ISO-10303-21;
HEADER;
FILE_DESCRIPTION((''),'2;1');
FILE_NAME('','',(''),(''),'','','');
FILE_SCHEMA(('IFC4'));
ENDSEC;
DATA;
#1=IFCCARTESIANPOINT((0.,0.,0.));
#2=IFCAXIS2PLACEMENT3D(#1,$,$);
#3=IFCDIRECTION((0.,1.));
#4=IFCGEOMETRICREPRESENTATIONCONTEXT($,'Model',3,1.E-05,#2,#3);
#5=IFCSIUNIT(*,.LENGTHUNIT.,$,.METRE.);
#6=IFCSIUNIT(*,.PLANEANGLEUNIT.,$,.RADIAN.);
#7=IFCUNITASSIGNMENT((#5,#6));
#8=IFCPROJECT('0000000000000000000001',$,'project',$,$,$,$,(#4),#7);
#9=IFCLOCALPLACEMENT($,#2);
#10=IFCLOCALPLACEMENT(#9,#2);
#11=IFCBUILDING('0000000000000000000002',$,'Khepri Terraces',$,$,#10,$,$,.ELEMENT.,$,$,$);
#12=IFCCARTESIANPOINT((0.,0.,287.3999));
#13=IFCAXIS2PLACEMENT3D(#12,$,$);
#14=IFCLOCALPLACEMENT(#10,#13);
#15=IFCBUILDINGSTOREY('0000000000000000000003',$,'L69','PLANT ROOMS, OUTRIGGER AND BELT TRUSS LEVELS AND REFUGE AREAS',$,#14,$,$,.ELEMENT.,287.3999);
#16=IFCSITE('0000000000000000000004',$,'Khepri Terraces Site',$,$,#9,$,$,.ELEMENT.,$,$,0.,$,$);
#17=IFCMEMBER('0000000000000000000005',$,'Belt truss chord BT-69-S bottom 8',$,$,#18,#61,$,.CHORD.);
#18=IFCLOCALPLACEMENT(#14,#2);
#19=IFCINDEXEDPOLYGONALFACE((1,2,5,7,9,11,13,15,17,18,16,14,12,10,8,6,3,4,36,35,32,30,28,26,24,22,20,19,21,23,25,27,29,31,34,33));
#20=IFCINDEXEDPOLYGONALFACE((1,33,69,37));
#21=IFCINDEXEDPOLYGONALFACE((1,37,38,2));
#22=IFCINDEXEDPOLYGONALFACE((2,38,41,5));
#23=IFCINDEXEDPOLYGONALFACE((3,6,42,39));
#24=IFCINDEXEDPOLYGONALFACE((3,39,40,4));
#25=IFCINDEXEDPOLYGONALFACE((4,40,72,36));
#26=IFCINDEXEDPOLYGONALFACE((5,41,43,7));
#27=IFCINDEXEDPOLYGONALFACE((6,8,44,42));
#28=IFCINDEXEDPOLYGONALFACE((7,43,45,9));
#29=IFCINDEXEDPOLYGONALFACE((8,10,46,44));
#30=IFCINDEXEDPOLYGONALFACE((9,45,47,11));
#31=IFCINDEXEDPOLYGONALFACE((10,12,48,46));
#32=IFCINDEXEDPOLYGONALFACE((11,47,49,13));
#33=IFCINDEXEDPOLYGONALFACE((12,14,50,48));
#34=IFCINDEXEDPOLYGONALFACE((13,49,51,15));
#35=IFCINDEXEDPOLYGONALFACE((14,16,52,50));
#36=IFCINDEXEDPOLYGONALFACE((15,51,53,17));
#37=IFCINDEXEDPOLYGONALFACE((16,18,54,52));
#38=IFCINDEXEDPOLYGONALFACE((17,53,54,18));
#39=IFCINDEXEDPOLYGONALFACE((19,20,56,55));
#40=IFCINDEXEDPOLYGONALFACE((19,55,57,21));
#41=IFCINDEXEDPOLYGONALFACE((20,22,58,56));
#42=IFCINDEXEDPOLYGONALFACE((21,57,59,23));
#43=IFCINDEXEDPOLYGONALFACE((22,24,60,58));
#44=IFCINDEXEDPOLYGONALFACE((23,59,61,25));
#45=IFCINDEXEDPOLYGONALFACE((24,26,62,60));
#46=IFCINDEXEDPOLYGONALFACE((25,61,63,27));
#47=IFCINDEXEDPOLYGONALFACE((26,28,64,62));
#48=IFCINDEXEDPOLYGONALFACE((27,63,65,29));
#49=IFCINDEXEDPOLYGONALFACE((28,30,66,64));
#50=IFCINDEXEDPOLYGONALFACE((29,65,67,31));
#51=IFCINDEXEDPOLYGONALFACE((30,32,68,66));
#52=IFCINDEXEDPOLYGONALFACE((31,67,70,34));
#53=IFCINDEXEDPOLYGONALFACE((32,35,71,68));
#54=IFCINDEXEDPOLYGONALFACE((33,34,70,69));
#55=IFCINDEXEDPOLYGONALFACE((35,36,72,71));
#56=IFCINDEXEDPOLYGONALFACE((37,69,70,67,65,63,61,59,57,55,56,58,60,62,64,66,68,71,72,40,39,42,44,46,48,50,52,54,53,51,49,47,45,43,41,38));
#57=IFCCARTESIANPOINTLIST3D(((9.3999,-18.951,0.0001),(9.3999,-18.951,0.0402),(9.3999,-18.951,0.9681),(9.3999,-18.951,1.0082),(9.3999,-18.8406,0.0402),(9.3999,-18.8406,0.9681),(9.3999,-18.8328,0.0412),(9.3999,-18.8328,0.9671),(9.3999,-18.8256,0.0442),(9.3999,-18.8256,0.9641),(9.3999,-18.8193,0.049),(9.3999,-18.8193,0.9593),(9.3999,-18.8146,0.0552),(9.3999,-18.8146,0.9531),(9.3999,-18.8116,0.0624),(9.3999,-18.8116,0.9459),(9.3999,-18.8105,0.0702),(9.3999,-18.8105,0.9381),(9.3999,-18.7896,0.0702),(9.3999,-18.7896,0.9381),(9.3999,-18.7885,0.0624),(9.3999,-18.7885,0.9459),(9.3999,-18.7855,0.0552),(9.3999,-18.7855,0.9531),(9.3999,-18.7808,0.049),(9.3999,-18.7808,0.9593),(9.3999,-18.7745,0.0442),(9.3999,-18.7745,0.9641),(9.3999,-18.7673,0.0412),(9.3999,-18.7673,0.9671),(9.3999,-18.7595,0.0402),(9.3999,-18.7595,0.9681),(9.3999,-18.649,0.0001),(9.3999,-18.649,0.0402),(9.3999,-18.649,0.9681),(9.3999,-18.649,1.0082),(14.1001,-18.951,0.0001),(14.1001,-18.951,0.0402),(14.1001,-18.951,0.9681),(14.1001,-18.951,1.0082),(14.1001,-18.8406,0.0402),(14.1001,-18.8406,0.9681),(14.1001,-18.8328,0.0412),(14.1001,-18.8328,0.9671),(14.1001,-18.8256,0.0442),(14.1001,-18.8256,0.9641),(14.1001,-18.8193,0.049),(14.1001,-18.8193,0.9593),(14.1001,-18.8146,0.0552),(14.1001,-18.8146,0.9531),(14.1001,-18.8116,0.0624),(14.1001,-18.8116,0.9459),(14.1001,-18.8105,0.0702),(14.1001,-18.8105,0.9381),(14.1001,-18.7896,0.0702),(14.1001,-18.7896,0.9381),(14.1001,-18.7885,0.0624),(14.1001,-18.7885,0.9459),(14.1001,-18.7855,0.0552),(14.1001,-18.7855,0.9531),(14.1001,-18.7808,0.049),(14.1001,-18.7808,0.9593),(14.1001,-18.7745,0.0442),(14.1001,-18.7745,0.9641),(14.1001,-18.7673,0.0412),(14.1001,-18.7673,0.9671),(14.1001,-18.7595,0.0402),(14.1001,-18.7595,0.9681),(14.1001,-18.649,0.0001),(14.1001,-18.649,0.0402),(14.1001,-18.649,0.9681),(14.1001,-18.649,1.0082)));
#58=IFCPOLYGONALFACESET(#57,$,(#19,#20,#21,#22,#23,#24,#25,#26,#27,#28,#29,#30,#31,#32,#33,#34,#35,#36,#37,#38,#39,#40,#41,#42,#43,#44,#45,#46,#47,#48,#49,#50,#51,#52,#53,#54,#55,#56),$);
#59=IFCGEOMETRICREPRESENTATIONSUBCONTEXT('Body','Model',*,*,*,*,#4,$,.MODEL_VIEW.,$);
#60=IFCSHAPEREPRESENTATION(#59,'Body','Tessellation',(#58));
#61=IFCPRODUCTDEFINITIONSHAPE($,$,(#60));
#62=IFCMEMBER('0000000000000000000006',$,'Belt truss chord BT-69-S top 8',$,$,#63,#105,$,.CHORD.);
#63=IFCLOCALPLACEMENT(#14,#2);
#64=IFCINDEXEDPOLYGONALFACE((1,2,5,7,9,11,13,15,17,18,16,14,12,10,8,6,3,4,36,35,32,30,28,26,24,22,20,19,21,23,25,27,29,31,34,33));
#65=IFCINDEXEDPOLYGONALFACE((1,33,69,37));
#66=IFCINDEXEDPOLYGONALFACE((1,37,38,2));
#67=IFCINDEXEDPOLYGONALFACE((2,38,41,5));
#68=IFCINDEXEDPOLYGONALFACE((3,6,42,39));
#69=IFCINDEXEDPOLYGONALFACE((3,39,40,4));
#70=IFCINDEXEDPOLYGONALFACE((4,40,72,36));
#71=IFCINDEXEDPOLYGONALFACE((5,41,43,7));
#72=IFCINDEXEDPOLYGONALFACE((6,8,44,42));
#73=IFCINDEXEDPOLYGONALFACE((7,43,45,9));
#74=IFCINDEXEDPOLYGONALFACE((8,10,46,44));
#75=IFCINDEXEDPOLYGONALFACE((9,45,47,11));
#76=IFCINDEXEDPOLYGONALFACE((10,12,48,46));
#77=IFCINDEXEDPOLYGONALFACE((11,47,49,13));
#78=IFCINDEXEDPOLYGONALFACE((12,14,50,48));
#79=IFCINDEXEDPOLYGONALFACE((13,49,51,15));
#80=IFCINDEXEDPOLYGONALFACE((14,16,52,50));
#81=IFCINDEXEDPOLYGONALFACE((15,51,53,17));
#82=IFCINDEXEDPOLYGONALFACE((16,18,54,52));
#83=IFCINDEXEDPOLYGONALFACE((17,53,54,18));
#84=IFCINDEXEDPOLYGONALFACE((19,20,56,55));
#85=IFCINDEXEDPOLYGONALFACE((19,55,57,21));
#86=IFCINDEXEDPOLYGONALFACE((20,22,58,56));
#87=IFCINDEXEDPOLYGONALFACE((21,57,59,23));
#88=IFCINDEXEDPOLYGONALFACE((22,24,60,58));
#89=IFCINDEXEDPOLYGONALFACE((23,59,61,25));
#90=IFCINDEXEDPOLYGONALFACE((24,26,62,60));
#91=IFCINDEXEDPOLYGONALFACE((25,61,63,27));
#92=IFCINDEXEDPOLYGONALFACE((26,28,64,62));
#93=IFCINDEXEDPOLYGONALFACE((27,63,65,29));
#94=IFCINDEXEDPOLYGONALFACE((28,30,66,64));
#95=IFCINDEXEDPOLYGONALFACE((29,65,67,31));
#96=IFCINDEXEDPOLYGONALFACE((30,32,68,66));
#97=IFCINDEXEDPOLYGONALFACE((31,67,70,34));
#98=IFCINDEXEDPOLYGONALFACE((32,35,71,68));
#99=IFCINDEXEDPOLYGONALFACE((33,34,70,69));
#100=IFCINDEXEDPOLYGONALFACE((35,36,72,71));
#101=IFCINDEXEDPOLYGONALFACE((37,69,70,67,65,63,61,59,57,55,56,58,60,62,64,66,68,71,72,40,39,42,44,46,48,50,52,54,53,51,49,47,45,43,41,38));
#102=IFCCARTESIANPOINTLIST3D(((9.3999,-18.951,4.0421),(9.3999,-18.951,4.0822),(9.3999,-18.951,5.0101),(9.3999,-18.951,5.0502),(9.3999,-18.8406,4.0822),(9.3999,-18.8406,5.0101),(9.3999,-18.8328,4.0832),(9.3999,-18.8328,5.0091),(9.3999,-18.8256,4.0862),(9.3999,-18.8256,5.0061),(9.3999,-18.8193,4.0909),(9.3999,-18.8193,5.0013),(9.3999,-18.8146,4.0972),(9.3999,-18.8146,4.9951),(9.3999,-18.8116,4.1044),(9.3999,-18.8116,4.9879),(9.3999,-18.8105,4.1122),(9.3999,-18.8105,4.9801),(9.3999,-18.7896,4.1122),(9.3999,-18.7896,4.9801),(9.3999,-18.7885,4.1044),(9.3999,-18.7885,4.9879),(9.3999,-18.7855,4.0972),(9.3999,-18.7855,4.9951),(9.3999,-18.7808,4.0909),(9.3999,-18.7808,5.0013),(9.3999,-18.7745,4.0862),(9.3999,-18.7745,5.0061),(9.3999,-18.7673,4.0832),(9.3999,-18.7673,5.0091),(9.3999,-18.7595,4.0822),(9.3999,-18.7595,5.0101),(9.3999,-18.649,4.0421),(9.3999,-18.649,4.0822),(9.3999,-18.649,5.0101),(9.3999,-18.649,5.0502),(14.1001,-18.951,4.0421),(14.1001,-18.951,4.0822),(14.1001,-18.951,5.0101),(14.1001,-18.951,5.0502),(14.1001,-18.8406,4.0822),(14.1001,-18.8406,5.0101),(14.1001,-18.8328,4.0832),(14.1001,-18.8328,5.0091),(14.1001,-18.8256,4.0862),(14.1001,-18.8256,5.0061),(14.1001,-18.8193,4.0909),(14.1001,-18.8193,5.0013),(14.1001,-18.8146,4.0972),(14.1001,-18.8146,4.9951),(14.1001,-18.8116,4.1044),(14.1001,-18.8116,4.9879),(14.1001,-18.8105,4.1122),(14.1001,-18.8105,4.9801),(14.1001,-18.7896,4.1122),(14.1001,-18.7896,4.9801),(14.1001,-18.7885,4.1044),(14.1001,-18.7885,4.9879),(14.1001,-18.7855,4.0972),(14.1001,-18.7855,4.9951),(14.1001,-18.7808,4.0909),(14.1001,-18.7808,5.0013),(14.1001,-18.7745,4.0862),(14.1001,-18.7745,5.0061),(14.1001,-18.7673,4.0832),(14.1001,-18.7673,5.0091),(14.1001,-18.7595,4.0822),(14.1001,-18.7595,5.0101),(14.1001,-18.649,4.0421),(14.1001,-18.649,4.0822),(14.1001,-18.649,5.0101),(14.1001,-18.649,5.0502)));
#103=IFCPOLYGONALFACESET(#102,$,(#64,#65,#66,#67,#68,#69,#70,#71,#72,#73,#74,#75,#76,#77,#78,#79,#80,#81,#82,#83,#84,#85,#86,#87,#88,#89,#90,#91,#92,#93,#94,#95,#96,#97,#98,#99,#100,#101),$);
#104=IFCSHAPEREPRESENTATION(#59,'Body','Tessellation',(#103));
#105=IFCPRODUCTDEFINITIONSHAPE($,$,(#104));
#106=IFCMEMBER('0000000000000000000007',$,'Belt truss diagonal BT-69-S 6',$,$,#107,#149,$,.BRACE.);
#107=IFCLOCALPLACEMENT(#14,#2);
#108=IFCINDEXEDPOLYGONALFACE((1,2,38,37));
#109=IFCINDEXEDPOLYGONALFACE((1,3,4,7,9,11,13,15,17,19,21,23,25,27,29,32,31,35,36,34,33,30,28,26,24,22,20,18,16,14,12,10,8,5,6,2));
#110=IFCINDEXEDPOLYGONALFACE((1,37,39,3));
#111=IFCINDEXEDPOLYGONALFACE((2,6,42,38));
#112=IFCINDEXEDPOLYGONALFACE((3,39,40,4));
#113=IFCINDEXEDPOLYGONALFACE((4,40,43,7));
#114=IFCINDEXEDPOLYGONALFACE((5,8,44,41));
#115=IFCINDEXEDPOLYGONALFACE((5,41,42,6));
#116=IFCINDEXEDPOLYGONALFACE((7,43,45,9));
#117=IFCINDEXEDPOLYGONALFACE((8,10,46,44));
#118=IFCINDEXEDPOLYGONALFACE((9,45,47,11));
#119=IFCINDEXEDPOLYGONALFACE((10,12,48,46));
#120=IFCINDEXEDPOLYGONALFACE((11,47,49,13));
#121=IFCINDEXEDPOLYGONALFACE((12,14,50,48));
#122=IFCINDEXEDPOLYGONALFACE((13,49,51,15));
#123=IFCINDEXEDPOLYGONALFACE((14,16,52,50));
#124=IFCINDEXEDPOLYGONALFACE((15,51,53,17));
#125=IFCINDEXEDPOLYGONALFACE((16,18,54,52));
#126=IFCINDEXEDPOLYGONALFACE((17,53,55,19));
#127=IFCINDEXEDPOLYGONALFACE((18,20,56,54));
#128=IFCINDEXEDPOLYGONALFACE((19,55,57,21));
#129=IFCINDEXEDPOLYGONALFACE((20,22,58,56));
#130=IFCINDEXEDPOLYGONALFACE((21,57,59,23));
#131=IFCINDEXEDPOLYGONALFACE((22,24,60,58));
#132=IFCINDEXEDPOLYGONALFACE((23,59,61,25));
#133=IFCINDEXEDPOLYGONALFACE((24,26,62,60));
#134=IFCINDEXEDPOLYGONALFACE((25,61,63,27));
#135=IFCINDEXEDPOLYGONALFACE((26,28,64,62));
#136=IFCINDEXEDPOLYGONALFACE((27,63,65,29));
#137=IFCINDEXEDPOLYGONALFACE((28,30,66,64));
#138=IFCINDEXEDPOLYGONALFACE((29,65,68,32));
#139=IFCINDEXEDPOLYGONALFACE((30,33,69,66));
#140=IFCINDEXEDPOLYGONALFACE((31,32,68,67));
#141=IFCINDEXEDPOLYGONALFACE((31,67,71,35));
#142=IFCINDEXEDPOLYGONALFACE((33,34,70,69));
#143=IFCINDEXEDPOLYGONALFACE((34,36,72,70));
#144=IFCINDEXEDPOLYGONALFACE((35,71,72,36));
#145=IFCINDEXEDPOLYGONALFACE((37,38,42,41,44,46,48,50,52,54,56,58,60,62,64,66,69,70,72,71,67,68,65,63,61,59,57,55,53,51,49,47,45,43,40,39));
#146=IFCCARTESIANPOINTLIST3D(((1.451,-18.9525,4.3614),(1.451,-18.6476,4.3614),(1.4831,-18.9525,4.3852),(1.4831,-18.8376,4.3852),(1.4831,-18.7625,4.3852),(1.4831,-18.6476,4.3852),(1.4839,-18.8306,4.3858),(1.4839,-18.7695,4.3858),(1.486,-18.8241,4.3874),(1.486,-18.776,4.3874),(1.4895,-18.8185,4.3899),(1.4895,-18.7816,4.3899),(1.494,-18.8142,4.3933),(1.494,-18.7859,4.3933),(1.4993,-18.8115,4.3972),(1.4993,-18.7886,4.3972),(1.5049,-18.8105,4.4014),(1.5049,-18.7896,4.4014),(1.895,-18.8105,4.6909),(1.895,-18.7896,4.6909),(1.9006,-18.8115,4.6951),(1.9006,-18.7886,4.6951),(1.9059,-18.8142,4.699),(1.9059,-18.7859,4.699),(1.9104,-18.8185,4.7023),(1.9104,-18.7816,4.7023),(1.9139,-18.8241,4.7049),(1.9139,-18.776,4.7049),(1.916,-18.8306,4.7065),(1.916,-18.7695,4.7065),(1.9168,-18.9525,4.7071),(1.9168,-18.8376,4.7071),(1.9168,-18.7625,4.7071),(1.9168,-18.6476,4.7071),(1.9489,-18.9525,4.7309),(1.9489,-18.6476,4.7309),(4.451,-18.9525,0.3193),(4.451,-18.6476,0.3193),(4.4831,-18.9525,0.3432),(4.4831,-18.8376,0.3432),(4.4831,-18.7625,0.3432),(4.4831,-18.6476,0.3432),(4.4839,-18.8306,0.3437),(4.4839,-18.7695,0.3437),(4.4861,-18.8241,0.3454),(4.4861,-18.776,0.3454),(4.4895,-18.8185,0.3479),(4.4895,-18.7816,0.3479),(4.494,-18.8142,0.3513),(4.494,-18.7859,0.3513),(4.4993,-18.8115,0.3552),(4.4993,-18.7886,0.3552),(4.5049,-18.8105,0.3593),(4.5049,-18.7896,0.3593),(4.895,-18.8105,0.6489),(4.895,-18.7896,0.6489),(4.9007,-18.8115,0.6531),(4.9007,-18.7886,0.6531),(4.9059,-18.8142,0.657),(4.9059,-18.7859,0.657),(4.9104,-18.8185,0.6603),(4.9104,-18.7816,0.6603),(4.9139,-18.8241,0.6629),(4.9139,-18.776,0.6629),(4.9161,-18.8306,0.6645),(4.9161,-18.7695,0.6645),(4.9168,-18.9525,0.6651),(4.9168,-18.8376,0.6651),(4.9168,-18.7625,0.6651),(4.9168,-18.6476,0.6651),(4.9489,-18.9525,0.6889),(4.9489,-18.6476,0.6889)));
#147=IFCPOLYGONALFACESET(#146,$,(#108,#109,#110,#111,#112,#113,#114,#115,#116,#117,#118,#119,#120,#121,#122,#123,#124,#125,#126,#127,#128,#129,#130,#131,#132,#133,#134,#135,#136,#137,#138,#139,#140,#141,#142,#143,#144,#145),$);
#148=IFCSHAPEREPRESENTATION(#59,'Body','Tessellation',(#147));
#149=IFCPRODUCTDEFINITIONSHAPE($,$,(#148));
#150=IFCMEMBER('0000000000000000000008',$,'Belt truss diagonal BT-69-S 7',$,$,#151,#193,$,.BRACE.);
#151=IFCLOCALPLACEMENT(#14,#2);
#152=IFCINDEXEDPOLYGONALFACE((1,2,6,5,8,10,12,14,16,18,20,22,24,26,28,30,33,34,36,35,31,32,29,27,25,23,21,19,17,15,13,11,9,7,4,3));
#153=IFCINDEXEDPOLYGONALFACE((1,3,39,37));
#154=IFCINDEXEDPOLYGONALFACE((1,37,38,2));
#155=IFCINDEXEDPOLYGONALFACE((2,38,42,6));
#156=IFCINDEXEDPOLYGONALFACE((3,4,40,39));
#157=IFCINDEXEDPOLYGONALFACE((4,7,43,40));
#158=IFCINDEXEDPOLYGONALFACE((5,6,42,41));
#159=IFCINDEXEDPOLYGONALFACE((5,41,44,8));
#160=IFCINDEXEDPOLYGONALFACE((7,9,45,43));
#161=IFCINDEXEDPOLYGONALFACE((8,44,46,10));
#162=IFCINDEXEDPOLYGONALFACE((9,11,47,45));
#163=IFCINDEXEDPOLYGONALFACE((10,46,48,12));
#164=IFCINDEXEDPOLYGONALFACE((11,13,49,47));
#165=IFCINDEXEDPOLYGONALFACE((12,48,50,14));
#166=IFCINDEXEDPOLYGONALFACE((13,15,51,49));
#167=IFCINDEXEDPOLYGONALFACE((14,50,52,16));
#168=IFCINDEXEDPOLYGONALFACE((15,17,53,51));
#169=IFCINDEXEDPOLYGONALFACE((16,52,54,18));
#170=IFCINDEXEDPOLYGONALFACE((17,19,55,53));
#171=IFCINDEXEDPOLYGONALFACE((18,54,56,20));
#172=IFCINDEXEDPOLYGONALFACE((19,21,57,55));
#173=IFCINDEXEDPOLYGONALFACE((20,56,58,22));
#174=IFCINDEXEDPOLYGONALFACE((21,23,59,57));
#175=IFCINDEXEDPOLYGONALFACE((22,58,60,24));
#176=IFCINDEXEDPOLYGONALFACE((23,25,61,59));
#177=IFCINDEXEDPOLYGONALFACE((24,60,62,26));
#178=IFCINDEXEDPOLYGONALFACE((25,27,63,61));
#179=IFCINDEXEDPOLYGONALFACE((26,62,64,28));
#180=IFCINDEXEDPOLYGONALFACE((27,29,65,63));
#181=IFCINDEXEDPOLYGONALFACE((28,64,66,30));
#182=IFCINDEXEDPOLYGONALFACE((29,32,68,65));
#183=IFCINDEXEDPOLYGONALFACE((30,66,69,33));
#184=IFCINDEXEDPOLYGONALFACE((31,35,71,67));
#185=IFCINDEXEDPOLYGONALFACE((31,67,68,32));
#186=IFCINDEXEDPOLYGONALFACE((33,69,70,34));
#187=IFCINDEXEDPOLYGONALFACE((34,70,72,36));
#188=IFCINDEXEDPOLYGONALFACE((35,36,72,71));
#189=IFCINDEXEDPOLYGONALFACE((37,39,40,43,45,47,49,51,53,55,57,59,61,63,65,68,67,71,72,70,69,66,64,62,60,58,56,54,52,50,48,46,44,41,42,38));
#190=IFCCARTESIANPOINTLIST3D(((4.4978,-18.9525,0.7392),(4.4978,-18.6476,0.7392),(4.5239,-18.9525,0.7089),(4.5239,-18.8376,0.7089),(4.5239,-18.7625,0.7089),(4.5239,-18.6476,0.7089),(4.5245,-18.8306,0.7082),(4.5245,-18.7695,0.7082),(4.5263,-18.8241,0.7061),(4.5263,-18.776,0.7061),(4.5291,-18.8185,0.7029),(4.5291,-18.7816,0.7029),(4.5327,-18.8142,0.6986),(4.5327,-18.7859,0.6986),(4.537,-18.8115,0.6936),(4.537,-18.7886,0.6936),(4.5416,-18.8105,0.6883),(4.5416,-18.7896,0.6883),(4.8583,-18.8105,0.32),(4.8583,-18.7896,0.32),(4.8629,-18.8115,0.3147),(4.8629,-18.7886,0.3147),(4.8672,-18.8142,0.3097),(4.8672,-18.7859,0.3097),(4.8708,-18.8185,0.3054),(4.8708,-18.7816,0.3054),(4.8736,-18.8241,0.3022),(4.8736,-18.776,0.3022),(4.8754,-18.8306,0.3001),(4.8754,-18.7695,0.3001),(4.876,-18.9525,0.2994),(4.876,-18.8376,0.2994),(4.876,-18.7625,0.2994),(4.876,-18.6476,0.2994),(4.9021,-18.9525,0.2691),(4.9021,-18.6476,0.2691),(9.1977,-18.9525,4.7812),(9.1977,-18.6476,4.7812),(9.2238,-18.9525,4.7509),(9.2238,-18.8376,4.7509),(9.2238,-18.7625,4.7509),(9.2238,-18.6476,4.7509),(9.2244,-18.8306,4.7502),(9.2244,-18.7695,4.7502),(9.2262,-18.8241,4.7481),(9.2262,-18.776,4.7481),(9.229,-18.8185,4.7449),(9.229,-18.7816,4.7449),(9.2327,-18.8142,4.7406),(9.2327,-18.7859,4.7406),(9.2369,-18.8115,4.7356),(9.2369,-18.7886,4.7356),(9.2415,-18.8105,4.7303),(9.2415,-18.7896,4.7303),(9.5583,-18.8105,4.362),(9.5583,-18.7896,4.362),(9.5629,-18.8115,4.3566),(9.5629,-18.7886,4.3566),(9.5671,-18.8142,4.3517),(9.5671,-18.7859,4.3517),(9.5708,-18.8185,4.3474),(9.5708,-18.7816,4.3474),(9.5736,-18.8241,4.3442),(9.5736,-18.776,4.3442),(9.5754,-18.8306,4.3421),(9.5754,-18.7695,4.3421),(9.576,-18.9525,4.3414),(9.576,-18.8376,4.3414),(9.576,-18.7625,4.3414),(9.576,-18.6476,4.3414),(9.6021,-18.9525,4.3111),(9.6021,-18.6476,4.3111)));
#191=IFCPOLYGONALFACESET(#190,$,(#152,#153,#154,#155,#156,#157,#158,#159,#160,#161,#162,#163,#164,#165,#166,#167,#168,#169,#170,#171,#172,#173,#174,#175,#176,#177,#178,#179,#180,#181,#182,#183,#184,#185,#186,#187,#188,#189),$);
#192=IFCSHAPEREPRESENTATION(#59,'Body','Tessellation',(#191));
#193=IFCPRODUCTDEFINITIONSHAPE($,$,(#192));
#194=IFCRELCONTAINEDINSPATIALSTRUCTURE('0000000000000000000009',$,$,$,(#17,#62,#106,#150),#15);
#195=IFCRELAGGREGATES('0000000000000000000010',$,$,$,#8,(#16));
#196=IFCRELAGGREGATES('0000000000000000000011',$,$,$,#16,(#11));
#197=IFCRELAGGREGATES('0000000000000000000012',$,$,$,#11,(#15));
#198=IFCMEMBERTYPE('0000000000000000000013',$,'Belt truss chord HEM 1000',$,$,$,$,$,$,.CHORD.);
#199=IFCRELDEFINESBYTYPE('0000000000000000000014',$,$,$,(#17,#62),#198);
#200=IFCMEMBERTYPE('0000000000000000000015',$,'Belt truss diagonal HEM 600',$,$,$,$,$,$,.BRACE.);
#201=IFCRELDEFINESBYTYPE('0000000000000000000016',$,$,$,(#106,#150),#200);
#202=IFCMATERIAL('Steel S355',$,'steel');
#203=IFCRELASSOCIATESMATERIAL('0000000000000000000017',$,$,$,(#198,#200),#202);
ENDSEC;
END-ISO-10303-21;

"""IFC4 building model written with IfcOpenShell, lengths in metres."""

from ifc_helpers import new_model, si_unit, direction, frame, origin, origin_2d, place, context, subcontext, project, spatial, i_section, extrude, material, material_profile, profile_set, type_object, element, save


model = new_model("IFC4")

# Units and contexts
model_context = context("Model", 3, precision=1e-05, world=origin(), true_north=direction((0.0, 1.0)))
body_context = subcontext(model_context, "Body", "Model", "MODEL_VIEW")
ifc_project = project(units=[si_unit("LENGTHUNIT", "METRE"), si_unit("PLANEANGLEUNIT", "RADIAN")], contexts=[model_context])

# Site, building, storey
site_placement = place(None, origin())
site = spatial("IfcSite", under=ifc_project, at=site_placement, Name="Khepri Terraces Site", CompositionType="ELEMENT", RefElevation=0.0)
building_placement = place(site_placement, origin())
building = spatial("IfcBuilding", under=site, at=building_placement, Name="Khepri Terraces", CompositionType="ELEMENT")
storey_placement = place(building_placement, frame((0.0, 0.0, 287.3999)))
storey = spatial("IfcBuildingStorey", under=building, at=storey_placement, Name="L69", Description="PLANT ROOMS, OUTRIGGER AND BELT TRUSS LEVELS AND REFUGE AREAS", CompositionType="ELEMENT", Elevation=287.3999)

# Members
ifc_material_1 = material(Name="Steel S355", Category="steel")
ifc_material_profile_1 = material_profile(ifc_material_1, i_section(OverallWidth=0.302, OverallDepth=1.0081, WebThickness=0.021, FlangeThickness=0.04, FilletRadius=0.03, at=origin_2d()), Name="Steel S355", Category="steel")
ifc_profile_set_1 = profile_set([ifc_material_profile_1], Name="Steel S355")
member_type_1 = type_object("IfcMemberType", Name="Belt truss chord HEM 1000", PredefinedType="CHORD", material=ifc_profile_set_1)
for number, where, z_axis, x_axis, name in (
    (1, (9.3999, -18.8, 0.5042), (1.0, 0.0, 0.0), (0.0, 1.0, 0.0), "Belt truss chord BT-69-S bottom 8"),
    (2, (9.3999, -18.8, 4.5461), (1.0, 0.0, 0.0), (0.0, 1.0, 0.0), "Belt truss chord BT-69-S top 8"),
):
    element("IfcMember", number, at=place(storey_placement, frame(where, z_axis=z_axis, x_axis=x_axis)), inside=storey, type_object=member_type_1, Name=name, PredefinedType="CHORD", context=body_context, shape_type="SweptSolid", body=[
        extrude(i_section(OverallWidth=0.302, OverallDepth=1.0081, WebThickness=0.021, FlangeThickness=0.04, FilletRadius=0.03, at=origin_2d()), origin(), (0.0, 0.0, 1.0), 4.7002),
    ])
ifc_material_profile_2 = material_profile(ifc_material_1, i_section(OverallWidth=0.3049, OverallDepth=0.6201, WebThickness=0.021, FlangeThickness=0.04, FilletRadius=0.0271, at=origin_2d()), Name="Steel S355", Category="steel")
ifc_profile_set_2 = profile_set([ifc_material_profile_2], Name="Steel S355")
member_type_2 = type_object("IfcMemberType", Name="Belt truss diagonal HEM 600", PredefinedType="BRACE", material=ifc_profile_set_2)
member_1_placement = place(storey_placement, frame((1.7, -18.8, 4.5461), z_axis=(0.595988, 0.0, -0.802993), x_axis=(0.0, 1.0, 0.0)))
element("IfcMember", 3, at=member_1_placement, inside=storey, type_object=member_type_2, Name="Belt truss diagonal BT-69-S 6", PredefinedType="BRACE", context=body_context, shape_type="SweptSolid", body=[
    extrude(i_section(OverallWidth=0.3049, OverallDepth=0.6201, WebThickness=0.021, FlangeThickness=0.04, FilletRadius=0.0271, at=origin_2d()), origin(), (0.0, 0.0, 1.0), 5.0337),
])
member_2_placement = place(storey_placement, frame((4.7, -18.8, 0.5042), z_axis=(0.758182, 0.0, 0.652042), x_axis=(0.0, 1.0, 0.0)))
element("IfcMember", 4, at=member_2_placement, inside=storey, type_object=member_type_2, Name="Belt truss diagonal BT-69-S 7", PredefinedType="BRACE", context=body_context, shape_type="SweptSolid", body=[
    extrude(i_section(OverallWidth=0.3049, OverallDepth=0.6201, WebThickness=0.021, FlangeThickness=0.04, FilletRadius=0.0271, at=origin_2d()), origin(), (0.0, 0.0, 1.0), 6.199),
])

save(model, "model.ifc")
